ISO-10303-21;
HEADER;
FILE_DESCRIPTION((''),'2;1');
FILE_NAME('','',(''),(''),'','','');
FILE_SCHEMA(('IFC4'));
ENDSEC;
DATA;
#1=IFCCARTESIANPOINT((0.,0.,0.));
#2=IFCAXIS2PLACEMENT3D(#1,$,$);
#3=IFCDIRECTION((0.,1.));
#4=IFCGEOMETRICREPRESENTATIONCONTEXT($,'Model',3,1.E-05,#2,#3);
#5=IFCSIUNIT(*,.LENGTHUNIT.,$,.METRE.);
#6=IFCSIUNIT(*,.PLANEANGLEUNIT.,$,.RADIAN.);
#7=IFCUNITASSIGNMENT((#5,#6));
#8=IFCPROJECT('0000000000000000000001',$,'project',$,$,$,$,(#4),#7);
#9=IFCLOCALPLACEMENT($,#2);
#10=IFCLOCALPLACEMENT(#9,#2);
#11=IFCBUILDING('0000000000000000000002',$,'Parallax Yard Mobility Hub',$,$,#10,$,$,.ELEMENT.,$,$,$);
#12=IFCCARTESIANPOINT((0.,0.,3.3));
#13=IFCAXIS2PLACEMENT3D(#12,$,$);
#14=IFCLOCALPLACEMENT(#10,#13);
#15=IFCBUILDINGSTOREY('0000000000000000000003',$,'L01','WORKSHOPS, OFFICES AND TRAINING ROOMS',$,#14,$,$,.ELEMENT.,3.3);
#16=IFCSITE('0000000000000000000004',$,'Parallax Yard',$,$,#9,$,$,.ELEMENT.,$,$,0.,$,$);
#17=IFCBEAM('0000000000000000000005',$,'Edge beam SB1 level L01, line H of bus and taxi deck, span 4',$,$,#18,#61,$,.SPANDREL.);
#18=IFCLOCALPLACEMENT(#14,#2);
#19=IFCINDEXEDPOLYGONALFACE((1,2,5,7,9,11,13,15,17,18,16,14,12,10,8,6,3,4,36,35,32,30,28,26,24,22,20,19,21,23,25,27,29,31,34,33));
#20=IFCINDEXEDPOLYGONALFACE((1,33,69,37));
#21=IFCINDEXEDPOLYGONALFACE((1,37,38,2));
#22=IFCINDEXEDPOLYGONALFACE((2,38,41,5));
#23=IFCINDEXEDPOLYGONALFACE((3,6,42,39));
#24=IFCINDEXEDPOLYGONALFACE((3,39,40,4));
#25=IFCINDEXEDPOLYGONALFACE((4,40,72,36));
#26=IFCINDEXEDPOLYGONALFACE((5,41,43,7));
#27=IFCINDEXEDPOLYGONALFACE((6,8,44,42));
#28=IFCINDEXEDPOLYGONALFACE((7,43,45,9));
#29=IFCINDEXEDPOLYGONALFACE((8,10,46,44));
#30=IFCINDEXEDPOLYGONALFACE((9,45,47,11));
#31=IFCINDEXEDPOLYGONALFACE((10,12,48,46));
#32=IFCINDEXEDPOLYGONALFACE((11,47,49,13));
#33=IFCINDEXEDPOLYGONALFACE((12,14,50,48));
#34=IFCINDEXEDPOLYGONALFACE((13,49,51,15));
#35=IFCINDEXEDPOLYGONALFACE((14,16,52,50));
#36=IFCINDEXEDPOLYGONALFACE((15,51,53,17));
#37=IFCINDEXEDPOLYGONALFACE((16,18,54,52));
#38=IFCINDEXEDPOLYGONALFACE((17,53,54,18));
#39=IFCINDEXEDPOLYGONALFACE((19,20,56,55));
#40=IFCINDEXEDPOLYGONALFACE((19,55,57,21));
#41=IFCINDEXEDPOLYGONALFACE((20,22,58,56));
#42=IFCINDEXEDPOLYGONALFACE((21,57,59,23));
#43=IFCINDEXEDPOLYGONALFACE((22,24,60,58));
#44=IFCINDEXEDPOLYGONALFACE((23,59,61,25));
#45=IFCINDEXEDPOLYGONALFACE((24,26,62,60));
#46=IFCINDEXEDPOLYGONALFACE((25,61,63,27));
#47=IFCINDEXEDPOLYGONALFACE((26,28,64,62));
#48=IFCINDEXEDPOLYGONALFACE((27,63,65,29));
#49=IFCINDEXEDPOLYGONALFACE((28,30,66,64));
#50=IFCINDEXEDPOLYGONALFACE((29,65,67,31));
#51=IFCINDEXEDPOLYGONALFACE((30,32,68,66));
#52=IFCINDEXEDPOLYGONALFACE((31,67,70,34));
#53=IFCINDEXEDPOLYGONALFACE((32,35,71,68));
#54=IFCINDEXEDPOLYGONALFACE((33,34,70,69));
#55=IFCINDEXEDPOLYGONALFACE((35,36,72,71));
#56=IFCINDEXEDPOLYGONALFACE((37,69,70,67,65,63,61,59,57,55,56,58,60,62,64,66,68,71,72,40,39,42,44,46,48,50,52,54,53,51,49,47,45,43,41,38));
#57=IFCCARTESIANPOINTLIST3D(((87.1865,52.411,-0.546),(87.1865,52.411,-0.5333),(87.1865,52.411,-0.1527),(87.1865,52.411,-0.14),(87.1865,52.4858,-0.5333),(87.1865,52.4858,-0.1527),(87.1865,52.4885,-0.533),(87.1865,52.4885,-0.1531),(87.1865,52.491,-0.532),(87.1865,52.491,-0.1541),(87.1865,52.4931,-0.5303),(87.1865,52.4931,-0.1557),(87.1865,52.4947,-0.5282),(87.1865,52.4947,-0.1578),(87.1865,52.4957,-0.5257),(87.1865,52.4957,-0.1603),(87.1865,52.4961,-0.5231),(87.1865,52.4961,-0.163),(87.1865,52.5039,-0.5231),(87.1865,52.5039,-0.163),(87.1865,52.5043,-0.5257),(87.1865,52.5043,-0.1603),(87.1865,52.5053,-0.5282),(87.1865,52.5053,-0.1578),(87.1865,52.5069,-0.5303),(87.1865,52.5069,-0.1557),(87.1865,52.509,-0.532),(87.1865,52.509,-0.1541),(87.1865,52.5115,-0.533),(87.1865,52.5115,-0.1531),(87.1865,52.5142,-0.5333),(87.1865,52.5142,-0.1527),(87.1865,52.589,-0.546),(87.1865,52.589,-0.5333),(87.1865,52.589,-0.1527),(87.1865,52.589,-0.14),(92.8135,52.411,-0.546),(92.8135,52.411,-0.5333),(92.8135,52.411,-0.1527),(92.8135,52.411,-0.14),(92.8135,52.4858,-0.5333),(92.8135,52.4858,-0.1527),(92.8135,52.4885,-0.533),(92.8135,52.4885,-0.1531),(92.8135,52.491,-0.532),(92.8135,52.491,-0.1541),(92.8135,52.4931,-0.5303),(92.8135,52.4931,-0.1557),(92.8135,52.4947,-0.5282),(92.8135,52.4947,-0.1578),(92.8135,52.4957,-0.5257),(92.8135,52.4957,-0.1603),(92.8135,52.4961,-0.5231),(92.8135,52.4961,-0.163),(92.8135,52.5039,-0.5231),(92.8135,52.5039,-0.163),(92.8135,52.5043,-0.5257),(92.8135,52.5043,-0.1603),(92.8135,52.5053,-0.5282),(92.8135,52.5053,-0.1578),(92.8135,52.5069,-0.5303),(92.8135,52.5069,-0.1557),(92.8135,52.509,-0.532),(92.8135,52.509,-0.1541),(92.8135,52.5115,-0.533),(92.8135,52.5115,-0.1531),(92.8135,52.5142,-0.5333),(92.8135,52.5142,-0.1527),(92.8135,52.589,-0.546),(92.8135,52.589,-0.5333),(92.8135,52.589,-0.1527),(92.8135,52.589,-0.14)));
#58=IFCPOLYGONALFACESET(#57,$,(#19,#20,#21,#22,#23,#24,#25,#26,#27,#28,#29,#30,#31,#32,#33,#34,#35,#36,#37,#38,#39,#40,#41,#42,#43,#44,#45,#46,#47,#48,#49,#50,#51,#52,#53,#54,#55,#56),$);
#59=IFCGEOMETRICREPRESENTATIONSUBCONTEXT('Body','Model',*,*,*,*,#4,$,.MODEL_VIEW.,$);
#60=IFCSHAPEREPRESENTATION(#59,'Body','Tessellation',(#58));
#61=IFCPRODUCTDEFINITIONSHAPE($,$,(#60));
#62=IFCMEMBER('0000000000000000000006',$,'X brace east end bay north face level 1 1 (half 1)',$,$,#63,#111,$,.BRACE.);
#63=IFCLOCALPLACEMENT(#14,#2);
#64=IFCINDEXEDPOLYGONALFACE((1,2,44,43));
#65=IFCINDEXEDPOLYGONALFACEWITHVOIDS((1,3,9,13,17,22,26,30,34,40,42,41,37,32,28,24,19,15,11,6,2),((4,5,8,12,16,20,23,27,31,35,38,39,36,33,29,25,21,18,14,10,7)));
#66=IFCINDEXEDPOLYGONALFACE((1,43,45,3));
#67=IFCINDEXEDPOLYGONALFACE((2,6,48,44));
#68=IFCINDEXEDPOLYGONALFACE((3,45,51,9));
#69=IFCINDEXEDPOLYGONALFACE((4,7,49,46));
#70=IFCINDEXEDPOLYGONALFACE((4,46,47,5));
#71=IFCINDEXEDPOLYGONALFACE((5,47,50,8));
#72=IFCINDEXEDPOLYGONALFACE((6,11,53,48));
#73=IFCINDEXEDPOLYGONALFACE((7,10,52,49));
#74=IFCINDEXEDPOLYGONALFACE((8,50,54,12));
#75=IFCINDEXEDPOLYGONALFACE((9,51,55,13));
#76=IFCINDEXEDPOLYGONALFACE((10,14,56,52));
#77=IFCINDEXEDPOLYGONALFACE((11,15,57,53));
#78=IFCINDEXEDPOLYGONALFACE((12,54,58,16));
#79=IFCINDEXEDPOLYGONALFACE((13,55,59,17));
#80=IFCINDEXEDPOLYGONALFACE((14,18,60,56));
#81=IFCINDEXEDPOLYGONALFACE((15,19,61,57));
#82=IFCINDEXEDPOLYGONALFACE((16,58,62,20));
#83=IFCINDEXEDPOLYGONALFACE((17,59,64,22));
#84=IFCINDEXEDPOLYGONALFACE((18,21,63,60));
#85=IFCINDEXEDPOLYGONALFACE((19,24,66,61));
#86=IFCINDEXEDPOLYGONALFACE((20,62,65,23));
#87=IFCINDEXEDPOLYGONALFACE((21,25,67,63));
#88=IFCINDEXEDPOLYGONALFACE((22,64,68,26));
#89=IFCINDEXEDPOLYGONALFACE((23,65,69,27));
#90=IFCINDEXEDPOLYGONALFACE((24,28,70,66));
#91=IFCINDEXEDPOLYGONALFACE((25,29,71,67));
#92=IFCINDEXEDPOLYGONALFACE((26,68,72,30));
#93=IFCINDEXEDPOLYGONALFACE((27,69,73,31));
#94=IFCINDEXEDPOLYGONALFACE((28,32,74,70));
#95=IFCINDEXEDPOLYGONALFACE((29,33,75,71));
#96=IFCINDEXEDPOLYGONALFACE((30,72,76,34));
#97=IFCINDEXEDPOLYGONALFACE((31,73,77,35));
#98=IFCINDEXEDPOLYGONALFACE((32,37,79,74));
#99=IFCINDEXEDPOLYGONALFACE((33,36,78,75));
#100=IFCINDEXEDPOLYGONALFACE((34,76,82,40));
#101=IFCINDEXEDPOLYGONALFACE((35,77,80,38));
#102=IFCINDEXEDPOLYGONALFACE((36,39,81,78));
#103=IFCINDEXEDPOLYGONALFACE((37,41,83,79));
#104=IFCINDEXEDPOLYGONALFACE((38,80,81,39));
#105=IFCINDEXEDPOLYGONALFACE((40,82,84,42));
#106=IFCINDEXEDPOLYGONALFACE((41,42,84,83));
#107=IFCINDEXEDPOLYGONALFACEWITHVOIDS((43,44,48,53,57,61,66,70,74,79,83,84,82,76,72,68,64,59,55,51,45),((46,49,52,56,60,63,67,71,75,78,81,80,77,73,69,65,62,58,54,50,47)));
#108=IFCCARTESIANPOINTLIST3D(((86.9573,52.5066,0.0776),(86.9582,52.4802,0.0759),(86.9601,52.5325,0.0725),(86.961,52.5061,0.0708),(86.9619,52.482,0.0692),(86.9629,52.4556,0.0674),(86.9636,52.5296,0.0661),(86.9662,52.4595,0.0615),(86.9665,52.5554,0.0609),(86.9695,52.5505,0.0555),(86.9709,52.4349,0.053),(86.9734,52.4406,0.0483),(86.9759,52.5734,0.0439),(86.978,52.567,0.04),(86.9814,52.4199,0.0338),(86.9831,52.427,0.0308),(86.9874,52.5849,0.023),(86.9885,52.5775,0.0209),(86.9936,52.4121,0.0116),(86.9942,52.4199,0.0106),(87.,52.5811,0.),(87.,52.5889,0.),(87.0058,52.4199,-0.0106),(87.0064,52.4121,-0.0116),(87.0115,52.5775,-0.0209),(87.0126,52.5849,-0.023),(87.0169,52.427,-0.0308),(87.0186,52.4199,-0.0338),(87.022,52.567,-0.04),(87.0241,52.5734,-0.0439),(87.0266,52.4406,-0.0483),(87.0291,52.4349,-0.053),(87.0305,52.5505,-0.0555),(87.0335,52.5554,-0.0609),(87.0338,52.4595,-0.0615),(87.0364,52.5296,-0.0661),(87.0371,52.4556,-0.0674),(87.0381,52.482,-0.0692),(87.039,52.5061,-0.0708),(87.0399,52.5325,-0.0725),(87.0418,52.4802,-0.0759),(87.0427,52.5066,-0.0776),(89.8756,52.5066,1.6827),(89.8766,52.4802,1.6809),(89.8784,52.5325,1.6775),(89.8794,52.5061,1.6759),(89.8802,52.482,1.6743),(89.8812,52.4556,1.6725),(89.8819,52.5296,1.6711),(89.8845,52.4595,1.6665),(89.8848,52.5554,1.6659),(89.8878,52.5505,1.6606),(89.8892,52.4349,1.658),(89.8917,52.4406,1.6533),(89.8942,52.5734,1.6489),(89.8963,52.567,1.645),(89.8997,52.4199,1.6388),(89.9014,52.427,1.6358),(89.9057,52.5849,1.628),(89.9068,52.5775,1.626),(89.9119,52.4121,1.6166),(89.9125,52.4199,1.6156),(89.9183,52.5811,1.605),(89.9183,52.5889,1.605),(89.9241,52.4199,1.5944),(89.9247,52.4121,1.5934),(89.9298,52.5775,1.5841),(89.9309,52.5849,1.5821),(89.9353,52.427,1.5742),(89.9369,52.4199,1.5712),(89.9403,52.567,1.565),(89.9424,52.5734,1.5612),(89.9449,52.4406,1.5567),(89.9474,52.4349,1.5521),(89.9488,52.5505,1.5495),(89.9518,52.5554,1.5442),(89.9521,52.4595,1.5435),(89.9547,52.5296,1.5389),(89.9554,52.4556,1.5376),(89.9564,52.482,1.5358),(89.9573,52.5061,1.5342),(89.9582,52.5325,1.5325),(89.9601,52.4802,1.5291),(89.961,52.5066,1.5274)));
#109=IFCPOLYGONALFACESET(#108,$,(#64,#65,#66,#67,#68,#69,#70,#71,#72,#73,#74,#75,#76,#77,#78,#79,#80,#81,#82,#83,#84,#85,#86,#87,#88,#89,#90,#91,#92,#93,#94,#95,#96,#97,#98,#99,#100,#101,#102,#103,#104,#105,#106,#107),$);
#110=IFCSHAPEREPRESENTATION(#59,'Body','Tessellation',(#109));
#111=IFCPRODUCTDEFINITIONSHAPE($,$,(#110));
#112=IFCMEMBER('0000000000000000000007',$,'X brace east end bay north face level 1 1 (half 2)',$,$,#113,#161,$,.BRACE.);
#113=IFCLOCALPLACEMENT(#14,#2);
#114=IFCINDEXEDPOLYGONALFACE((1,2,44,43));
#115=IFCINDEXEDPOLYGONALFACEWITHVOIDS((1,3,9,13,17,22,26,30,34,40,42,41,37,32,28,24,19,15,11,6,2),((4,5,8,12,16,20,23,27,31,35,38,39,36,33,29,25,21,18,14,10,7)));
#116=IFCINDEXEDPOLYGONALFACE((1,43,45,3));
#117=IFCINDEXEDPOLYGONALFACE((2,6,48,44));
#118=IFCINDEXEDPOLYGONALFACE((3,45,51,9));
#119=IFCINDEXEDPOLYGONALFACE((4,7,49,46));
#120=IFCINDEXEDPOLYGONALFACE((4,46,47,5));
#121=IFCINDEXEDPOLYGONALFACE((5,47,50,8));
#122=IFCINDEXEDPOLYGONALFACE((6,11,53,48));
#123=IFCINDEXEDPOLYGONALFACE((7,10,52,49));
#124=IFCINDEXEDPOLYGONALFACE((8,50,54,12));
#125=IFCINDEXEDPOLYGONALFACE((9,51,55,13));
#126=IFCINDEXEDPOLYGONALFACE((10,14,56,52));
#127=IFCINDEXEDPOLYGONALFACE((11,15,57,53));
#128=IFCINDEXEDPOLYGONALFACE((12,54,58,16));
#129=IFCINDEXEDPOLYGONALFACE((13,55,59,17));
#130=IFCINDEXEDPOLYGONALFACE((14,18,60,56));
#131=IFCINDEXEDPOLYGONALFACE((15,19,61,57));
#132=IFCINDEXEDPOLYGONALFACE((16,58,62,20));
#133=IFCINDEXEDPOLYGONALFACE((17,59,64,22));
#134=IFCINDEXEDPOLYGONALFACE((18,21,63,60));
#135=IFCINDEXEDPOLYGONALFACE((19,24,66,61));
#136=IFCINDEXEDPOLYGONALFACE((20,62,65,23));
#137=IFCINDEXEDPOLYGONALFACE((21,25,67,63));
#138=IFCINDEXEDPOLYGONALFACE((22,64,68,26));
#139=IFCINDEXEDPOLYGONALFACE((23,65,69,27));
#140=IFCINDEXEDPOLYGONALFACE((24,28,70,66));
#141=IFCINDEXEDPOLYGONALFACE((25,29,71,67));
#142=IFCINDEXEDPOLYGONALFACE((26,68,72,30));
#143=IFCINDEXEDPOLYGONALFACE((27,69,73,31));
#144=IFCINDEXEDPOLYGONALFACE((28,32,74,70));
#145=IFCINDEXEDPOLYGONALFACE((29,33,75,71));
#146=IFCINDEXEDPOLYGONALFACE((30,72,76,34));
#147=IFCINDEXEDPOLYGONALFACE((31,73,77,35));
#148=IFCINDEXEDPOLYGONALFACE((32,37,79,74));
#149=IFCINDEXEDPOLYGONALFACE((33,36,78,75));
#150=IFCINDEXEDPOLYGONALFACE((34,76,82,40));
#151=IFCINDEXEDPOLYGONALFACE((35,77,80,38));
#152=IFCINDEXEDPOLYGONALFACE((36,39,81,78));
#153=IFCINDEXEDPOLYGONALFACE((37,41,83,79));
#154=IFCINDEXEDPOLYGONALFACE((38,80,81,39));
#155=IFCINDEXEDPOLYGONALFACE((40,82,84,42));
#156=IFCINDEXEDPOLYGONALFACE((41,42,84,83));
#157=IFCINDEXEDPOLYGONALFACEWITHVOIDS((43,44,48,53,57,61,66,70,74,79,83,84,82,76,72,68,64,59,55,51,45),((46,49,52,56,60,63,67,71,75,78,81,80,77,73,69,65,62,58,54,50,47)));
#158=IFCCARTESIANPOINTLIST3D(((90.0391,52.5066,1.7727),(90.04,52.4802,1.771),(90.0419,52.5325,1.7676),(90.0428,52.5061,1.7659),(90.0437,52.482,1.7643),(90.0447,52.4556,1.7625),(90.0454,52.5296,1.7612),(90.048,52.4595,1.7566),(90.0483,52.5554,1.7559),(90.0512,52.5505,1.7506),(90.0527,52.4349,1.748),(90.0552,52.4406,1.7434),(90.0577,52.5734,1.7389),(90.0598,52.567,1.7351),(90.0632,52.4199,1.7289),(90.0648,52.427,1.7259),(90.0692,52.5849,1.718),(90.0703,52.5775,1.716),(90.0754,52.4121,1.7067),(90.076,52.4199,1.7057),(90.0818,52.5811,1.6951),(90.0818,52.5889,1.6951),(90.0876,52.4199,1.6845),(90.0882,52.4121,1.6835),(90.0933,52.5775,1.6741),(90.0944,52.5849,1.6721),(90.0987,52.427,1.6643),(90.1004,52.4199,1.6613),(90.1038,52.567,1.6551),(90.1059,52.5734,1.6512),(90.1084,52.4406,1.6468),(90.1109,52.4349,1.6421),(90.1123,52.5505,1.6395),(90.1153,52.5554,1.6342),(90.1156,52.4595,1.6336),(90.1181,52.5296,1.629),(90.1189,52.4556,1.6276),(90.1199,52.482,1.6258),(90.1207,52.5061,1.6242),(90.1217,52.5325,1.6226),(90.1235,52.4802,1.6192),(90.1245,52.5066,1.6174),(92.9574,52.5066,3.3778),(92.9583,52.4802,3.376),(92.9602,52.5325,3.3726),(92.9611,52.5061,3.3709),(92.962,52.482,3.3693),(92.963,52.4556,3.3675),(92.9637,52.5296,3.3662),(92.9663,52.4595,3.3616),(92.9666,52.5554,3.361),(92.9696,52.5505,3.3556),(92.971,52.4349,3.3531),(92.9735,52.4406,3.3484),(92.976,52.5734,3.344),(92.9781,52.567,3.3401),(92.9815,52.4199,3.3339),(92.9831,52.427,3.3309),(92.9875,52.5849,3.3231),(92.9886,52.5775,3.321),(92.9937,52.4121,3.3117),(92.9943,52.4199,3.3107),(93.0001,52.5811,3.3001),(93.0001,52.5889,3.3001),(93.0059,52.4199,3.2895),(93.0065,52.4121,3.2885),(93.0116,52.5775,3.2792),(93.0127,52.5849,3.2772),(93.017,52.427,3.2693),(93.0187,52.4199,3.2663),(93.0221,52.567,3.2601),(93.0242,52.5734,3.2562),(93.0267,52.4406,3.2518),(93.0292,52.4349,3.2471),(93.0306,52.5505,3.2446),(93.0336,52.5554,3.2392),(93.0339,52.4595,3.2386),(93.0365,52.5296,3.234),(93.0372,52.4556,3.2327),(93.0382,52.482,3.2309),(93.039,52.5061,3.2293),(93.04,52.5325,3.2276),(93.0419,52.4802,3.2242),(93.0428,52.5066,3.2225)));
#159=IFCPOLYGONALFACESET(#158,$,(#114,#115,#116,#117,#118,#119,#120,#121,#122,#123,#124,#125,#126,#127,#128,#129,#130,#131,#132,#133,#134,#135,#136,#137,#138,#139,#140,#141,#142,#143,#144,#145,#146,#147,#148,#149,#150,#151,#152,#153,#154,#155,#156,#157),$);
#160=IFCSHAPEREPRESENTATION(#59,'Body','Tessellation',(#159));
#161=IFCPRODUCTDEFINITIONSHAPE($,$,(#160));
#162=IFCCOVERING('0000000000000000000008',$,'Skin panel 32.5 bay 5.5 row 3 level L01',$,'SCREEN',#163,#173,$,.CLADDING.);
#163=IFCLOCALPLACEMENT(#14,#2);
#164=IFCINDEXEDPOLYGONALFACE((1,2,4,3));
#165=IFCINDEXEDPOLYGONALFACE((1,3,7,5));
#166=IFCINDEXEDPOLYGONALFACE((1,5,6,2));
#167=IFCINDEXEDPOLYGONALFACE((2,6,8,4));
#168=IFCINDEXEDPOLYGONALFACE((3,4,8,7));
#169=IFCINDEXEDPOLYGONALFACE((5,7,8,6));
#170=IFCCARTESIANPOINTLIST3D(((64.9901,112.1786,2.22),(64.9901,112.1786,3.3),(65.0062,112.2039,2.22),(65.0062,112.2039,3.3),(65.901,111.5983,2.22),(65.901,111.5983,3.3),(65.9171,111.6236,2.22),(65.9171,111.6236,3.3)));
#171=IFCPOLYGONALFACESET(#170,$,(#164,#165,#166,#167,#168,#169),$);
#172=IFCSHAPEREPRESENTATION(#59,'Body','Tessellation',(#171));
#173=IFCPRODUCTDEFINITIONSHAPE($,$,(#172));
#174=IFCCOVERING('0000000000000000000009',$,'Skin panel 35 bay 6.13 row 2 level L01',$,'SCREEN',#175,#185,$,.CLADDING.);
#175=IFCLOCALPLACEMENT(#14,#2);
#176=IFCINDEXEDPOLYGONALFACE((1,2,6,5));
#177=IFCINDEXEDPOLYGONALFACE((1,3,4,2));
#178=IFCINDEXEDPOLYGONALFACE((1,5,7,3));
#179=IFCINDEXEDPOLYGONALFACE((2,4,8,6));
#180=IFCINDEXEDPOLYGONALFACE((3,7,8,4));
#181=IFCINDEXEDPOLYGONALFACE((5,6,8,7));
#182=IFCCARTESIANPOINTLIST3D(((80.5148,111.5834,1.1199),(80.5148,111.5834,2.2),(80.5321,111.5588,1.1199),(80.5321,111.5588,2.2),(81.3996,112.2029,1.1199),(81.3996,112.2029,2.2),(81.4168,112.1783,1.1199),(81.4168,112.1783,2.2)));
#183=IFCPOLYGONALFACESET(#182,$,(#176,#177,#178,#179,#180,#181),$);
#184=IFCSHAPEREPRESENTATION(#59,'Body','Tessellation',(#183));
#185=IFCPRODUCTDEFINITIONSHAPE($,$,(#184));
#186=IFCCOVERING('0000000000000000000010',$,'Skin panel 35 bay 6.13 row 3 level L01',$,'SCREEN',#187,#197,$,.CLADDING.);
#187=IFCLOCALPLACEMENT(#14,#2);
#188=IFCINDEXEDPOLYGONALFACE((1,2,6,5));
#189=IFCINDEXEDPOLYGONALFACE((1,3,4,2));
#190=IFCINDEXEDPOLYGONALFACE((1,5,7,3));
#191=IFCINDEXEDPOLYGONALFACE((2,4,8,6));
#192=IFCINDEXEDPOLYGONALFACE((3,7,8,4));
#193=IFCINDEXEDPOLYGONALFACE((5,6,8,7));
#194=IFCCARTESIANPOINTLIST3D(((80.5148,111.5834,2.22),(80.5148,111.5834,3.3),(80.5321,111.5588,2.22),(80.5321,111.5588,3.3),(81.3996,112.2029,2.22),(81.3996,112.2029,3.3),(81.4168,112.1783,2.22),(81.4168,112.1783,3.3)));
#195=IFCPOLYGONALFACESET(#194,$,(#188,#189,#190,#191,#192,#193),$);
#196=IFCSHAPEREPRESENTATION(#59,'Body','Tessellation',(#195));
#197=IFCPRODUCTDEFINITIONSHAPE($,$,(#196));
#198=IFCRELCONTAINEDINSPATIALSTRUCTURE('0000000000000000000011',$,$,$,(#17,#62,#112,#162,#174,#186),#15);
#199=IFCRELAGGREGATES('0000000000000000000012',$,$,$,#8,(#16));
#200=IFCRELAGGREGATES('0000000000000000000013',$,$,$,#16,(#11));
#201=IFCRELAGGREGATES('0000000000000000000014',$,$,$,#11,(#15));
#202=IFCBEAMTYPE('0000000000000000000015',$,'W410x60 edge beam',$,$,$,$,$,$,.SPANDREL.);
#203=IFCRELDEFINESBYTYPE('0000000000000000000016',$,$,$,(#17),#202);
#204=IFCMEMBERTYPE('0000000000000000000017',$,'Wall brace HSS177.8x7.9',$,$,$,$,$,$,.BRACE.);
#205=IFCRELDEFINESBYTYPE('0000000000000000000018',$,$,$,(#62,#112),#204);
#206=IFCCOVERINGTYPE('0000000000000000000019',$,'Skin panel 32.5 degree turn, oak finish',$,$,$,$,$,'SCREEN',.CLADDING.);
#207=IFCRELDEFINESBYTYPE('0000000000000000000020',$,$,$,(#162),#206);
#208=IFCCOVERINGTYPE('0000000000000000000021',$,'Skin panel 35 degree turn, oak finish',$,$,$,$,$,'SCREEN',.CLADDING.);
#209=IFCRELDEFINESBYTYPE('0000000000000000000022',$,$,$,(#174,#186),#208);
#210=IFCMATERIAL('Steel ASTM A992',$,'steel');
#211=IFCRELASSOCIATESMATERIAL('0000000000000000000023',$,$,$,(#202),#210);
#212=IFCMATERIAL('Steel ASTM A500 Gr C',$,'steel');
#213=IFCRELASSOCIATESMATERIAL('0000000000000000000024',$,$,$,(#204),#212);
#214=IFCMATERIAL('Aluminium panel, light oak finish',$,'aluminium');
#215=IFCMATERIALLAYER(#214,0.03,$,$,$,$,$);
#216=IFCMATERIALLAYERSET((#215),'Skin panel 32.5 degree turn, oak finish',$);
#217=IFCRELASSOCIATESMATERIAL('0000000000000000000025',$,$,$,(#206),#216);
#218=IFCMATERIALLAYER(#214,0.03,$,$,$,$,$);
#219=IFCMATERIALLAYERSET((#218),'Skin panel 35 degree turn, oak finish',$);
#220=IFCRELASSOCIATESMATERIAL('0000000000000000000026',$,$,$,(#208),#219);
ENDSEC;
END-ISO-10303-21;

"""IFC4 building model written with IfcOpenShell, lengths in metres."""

from ifc_helpers import new_model, si_unit, direction, frame, origin, origin_2d, place, context, subcontext, project, spatial, rectangle, hollow_circle, i_section, extrude, material, layer, layer_set, material_profile, profile_set, type_object, element, save


model = new_model("IFC4")

# Units and contexts
model_context = context("Model", 3, precision=1e-05, world=origin(), true_north=direction((0.0, 1.0)))
body_context = subcontext(model_context, "Body", "Model", "MODEL_VIEW")
ifc_project = project(units=[si_unit("LENGTHUNIT", "METRE"), si_unit("PLANEANGLEUNIT", "RADIAN")], contexts=[model_context])

# Site, building, storey
site_placement = place(None, origin())
site = spatial("IfcSite", under=ifc_project, at=site_placement, Name="Parallax Yard", CompositionType="ELEMENT", RefElevation=0.0)
building_placement = place(site_placement, origin())
building = spatial("IfcBuilding", under=site, at=building_placement, Name="Parallax Yard Mobility Hub", CompositionType="ELEMENT")
storey_placement = place(building_placement, frame((0.0, 0.0, 3.3)))
storey = spatial("IfcBuildingStorey", under=building, at=storey_placement, Name="L01", Description="WORKSHOPS, OFFICES AND TRAINING ROOMS", CompositionType="ELEMENT", Elevation=3.3)

# Shared definitions
ifc_material_1 = material(Name="Steel ASTM A992", Category="steel")

# Beam
ifc_material_profile_1 = material_profile(ifc_material_1, i_section(OverallWidth=0.178, OverallDepth=0.406, WebThickness=0.0078, FlangeThickness=0.0127, FilletRadius=0.0103, at=origin_2d()), Name="W410x60")
ifc_profile_set_1 = profile_set([ifc_material_profile_1], Name="Steel ASTM A992")
beam_type = type_object("IfcBeamType", Name="W410x60 edge beam", PredefinedType="SPANDREL", material=ifc_profile_set_1)
for number, where, z_axis, x_axis, name in (
    (1, (87.1865, 52.5, -0.343), (1.0, 0.0, 0.0), (0.0, 1.0, 0.0), "Edge beam SB1 level L01, line H of bus and taxi deck, span 4"),
):
    element("IfcBeam", number, at=place(storey_placement, frame(where, z_axis=z_axis, x_axis=x_axis)), inside=storey, type_object=beam_type, Name=name, PredefinedType="SPANDREL", context=body_context, shape_type="SweptSolid", body=[
        extrude(i_section(OverallWidth=0.178, OverallDepth=0.406, WebThickness=0.0078, FlangeThickness=0.0127, FilletRadius=0.0103, at=origin_2d()), origin(), (0.0, 0.0, 1.0), 5.627),
    ])

# Members
ifc_material_2 = material(Name="Steel ASTM A500 Gr C", Category="steel")
ifc_material_profile_2 = material_profile(ifc_material_2, hollow_circle(Radius=0.0889, WallThickness=0.0078, at=origin_2d()), Name="HSS177.8x7.9")
ifc_profile_set_2 = profile_set([ifc_material_profile_2], Name="Steel ASTM A500 Gr C")
member_type = type_object("IfcMemberType", Name="Wall brace HSS177.8x7.9", PredefinedType="BRACE", material=ifc_profile_set_2)
for number, where, z_axis, x_axis, name in (
    (2, (87.0, 52.5, 0.0), (0.876221, 0.0, 0.48191), (0.0, 1.0, 0.0), "X brace east end bay north face level 1 1 (half 1)"),
    (3, (90.0818, 52.5, 1.6951), (0.876221, 0.0, 0.48191), (0.0, 1.0, 0.0), "X brace east end bay north face level 1 1 (half 2)"),
):
    element("IfcMember", number, at=place(storey_placement, frame(where, z_axis=z_axis, x_axis=x_axis)), inside=storey, type_object=member_type, Name=name, PredefinedType="BRACE", context=body_context, shape_type="SweptSolid", body=[
        extrude(hollow_circle(Radius=0.0889, WallThickness=0.0078, at=origin_2d()), origin(), (0.0, 0.0, 1.0), 3.3306),
    ])

# Coverings
ifc_material_3 = material(Name="Aluminium panel, light oak finish", Category="aluminium")
ifc_layer_1 = layer(ifc_material_3, 0.03)
ifc_layer_set_1 = layer_set([ifc_layer_1], Name="Skin panel 32.5 degree turn, oak finish")
covering_type_1 = type_object("IfcCoveringType", Name="Skin panel 32.5 degree turn, oak finish", ElementType="SCREEN", PredefinedType="CLADDING", material=ifc_layer_set_1)
covering_1_placement = place(storey_placement, frame((65.4536, 111.9011, 2.22), z_axis=(0.0, 0.0, 1.0), x_axis=(0.843391, -0.5373, 0.0)))
element("IfcCovering", 4, at=covering_1_placement, inside=storey, type_object=covering_type_1, Name="Skin panel 32.5 bay 5.5 row 3 level L01", ObjectType="SCREEN", PredefinedType="CLADDING", context=body_context, shape_type="SweptSolid", body=[
    extrude(rectangle(XDim=1.0801, YDim=0.03, at=origin_2d()), origin(), (0.0, 0.0, 1.0), 1.0801),
])
ifc_layer_2 = layer(ifc_material_3, 0.03)
ifc_layer_set_2 = layer_set([ifc_layer_2], Name="Skin panel 35 degree turn, oak finish")
covering_type_2 = type_object("IfcCoveringType", Name="Skin panel 35 degree turn, oak finish", ElementType="SCREEN", PredefinedType="CLADDING", material=ifc_layer_set_2)
for number, where, z_axis, x_axis, name in (
    (5, (80.9658, 111.8809, 1.1199), (0.0, 0.0, 1.0), (-0.819152, -0.573576, 0.0), "Skin panel 35 bay 6.13 row 2 level L01"),
    (6, (80.9658, 111.8809, 2.22), (0.0, 0.0, 1.0), (-0.819152, -0.573576, 0.0), "Skin panel 35 bay 6.13 row 3 level L01"),
):
    element("IfcCovering", number, at=place(storey_placement, frame(where, z_axis=z_axis, x_axis=x_axis)), inside=storey, type_object=covering_type_2, Name=name, ObjectType="SCREEN", PredefinedType="CLADDING", context=body_context, shape_type="SweptSolid", body=[
        extrude(rectangle(XDim=1.0801, YDim=0.03, at=origin_2d()), origin(), (0.0, 0.0, 1.0), 1.0801),
    ])

save(model, "model.ifc")
